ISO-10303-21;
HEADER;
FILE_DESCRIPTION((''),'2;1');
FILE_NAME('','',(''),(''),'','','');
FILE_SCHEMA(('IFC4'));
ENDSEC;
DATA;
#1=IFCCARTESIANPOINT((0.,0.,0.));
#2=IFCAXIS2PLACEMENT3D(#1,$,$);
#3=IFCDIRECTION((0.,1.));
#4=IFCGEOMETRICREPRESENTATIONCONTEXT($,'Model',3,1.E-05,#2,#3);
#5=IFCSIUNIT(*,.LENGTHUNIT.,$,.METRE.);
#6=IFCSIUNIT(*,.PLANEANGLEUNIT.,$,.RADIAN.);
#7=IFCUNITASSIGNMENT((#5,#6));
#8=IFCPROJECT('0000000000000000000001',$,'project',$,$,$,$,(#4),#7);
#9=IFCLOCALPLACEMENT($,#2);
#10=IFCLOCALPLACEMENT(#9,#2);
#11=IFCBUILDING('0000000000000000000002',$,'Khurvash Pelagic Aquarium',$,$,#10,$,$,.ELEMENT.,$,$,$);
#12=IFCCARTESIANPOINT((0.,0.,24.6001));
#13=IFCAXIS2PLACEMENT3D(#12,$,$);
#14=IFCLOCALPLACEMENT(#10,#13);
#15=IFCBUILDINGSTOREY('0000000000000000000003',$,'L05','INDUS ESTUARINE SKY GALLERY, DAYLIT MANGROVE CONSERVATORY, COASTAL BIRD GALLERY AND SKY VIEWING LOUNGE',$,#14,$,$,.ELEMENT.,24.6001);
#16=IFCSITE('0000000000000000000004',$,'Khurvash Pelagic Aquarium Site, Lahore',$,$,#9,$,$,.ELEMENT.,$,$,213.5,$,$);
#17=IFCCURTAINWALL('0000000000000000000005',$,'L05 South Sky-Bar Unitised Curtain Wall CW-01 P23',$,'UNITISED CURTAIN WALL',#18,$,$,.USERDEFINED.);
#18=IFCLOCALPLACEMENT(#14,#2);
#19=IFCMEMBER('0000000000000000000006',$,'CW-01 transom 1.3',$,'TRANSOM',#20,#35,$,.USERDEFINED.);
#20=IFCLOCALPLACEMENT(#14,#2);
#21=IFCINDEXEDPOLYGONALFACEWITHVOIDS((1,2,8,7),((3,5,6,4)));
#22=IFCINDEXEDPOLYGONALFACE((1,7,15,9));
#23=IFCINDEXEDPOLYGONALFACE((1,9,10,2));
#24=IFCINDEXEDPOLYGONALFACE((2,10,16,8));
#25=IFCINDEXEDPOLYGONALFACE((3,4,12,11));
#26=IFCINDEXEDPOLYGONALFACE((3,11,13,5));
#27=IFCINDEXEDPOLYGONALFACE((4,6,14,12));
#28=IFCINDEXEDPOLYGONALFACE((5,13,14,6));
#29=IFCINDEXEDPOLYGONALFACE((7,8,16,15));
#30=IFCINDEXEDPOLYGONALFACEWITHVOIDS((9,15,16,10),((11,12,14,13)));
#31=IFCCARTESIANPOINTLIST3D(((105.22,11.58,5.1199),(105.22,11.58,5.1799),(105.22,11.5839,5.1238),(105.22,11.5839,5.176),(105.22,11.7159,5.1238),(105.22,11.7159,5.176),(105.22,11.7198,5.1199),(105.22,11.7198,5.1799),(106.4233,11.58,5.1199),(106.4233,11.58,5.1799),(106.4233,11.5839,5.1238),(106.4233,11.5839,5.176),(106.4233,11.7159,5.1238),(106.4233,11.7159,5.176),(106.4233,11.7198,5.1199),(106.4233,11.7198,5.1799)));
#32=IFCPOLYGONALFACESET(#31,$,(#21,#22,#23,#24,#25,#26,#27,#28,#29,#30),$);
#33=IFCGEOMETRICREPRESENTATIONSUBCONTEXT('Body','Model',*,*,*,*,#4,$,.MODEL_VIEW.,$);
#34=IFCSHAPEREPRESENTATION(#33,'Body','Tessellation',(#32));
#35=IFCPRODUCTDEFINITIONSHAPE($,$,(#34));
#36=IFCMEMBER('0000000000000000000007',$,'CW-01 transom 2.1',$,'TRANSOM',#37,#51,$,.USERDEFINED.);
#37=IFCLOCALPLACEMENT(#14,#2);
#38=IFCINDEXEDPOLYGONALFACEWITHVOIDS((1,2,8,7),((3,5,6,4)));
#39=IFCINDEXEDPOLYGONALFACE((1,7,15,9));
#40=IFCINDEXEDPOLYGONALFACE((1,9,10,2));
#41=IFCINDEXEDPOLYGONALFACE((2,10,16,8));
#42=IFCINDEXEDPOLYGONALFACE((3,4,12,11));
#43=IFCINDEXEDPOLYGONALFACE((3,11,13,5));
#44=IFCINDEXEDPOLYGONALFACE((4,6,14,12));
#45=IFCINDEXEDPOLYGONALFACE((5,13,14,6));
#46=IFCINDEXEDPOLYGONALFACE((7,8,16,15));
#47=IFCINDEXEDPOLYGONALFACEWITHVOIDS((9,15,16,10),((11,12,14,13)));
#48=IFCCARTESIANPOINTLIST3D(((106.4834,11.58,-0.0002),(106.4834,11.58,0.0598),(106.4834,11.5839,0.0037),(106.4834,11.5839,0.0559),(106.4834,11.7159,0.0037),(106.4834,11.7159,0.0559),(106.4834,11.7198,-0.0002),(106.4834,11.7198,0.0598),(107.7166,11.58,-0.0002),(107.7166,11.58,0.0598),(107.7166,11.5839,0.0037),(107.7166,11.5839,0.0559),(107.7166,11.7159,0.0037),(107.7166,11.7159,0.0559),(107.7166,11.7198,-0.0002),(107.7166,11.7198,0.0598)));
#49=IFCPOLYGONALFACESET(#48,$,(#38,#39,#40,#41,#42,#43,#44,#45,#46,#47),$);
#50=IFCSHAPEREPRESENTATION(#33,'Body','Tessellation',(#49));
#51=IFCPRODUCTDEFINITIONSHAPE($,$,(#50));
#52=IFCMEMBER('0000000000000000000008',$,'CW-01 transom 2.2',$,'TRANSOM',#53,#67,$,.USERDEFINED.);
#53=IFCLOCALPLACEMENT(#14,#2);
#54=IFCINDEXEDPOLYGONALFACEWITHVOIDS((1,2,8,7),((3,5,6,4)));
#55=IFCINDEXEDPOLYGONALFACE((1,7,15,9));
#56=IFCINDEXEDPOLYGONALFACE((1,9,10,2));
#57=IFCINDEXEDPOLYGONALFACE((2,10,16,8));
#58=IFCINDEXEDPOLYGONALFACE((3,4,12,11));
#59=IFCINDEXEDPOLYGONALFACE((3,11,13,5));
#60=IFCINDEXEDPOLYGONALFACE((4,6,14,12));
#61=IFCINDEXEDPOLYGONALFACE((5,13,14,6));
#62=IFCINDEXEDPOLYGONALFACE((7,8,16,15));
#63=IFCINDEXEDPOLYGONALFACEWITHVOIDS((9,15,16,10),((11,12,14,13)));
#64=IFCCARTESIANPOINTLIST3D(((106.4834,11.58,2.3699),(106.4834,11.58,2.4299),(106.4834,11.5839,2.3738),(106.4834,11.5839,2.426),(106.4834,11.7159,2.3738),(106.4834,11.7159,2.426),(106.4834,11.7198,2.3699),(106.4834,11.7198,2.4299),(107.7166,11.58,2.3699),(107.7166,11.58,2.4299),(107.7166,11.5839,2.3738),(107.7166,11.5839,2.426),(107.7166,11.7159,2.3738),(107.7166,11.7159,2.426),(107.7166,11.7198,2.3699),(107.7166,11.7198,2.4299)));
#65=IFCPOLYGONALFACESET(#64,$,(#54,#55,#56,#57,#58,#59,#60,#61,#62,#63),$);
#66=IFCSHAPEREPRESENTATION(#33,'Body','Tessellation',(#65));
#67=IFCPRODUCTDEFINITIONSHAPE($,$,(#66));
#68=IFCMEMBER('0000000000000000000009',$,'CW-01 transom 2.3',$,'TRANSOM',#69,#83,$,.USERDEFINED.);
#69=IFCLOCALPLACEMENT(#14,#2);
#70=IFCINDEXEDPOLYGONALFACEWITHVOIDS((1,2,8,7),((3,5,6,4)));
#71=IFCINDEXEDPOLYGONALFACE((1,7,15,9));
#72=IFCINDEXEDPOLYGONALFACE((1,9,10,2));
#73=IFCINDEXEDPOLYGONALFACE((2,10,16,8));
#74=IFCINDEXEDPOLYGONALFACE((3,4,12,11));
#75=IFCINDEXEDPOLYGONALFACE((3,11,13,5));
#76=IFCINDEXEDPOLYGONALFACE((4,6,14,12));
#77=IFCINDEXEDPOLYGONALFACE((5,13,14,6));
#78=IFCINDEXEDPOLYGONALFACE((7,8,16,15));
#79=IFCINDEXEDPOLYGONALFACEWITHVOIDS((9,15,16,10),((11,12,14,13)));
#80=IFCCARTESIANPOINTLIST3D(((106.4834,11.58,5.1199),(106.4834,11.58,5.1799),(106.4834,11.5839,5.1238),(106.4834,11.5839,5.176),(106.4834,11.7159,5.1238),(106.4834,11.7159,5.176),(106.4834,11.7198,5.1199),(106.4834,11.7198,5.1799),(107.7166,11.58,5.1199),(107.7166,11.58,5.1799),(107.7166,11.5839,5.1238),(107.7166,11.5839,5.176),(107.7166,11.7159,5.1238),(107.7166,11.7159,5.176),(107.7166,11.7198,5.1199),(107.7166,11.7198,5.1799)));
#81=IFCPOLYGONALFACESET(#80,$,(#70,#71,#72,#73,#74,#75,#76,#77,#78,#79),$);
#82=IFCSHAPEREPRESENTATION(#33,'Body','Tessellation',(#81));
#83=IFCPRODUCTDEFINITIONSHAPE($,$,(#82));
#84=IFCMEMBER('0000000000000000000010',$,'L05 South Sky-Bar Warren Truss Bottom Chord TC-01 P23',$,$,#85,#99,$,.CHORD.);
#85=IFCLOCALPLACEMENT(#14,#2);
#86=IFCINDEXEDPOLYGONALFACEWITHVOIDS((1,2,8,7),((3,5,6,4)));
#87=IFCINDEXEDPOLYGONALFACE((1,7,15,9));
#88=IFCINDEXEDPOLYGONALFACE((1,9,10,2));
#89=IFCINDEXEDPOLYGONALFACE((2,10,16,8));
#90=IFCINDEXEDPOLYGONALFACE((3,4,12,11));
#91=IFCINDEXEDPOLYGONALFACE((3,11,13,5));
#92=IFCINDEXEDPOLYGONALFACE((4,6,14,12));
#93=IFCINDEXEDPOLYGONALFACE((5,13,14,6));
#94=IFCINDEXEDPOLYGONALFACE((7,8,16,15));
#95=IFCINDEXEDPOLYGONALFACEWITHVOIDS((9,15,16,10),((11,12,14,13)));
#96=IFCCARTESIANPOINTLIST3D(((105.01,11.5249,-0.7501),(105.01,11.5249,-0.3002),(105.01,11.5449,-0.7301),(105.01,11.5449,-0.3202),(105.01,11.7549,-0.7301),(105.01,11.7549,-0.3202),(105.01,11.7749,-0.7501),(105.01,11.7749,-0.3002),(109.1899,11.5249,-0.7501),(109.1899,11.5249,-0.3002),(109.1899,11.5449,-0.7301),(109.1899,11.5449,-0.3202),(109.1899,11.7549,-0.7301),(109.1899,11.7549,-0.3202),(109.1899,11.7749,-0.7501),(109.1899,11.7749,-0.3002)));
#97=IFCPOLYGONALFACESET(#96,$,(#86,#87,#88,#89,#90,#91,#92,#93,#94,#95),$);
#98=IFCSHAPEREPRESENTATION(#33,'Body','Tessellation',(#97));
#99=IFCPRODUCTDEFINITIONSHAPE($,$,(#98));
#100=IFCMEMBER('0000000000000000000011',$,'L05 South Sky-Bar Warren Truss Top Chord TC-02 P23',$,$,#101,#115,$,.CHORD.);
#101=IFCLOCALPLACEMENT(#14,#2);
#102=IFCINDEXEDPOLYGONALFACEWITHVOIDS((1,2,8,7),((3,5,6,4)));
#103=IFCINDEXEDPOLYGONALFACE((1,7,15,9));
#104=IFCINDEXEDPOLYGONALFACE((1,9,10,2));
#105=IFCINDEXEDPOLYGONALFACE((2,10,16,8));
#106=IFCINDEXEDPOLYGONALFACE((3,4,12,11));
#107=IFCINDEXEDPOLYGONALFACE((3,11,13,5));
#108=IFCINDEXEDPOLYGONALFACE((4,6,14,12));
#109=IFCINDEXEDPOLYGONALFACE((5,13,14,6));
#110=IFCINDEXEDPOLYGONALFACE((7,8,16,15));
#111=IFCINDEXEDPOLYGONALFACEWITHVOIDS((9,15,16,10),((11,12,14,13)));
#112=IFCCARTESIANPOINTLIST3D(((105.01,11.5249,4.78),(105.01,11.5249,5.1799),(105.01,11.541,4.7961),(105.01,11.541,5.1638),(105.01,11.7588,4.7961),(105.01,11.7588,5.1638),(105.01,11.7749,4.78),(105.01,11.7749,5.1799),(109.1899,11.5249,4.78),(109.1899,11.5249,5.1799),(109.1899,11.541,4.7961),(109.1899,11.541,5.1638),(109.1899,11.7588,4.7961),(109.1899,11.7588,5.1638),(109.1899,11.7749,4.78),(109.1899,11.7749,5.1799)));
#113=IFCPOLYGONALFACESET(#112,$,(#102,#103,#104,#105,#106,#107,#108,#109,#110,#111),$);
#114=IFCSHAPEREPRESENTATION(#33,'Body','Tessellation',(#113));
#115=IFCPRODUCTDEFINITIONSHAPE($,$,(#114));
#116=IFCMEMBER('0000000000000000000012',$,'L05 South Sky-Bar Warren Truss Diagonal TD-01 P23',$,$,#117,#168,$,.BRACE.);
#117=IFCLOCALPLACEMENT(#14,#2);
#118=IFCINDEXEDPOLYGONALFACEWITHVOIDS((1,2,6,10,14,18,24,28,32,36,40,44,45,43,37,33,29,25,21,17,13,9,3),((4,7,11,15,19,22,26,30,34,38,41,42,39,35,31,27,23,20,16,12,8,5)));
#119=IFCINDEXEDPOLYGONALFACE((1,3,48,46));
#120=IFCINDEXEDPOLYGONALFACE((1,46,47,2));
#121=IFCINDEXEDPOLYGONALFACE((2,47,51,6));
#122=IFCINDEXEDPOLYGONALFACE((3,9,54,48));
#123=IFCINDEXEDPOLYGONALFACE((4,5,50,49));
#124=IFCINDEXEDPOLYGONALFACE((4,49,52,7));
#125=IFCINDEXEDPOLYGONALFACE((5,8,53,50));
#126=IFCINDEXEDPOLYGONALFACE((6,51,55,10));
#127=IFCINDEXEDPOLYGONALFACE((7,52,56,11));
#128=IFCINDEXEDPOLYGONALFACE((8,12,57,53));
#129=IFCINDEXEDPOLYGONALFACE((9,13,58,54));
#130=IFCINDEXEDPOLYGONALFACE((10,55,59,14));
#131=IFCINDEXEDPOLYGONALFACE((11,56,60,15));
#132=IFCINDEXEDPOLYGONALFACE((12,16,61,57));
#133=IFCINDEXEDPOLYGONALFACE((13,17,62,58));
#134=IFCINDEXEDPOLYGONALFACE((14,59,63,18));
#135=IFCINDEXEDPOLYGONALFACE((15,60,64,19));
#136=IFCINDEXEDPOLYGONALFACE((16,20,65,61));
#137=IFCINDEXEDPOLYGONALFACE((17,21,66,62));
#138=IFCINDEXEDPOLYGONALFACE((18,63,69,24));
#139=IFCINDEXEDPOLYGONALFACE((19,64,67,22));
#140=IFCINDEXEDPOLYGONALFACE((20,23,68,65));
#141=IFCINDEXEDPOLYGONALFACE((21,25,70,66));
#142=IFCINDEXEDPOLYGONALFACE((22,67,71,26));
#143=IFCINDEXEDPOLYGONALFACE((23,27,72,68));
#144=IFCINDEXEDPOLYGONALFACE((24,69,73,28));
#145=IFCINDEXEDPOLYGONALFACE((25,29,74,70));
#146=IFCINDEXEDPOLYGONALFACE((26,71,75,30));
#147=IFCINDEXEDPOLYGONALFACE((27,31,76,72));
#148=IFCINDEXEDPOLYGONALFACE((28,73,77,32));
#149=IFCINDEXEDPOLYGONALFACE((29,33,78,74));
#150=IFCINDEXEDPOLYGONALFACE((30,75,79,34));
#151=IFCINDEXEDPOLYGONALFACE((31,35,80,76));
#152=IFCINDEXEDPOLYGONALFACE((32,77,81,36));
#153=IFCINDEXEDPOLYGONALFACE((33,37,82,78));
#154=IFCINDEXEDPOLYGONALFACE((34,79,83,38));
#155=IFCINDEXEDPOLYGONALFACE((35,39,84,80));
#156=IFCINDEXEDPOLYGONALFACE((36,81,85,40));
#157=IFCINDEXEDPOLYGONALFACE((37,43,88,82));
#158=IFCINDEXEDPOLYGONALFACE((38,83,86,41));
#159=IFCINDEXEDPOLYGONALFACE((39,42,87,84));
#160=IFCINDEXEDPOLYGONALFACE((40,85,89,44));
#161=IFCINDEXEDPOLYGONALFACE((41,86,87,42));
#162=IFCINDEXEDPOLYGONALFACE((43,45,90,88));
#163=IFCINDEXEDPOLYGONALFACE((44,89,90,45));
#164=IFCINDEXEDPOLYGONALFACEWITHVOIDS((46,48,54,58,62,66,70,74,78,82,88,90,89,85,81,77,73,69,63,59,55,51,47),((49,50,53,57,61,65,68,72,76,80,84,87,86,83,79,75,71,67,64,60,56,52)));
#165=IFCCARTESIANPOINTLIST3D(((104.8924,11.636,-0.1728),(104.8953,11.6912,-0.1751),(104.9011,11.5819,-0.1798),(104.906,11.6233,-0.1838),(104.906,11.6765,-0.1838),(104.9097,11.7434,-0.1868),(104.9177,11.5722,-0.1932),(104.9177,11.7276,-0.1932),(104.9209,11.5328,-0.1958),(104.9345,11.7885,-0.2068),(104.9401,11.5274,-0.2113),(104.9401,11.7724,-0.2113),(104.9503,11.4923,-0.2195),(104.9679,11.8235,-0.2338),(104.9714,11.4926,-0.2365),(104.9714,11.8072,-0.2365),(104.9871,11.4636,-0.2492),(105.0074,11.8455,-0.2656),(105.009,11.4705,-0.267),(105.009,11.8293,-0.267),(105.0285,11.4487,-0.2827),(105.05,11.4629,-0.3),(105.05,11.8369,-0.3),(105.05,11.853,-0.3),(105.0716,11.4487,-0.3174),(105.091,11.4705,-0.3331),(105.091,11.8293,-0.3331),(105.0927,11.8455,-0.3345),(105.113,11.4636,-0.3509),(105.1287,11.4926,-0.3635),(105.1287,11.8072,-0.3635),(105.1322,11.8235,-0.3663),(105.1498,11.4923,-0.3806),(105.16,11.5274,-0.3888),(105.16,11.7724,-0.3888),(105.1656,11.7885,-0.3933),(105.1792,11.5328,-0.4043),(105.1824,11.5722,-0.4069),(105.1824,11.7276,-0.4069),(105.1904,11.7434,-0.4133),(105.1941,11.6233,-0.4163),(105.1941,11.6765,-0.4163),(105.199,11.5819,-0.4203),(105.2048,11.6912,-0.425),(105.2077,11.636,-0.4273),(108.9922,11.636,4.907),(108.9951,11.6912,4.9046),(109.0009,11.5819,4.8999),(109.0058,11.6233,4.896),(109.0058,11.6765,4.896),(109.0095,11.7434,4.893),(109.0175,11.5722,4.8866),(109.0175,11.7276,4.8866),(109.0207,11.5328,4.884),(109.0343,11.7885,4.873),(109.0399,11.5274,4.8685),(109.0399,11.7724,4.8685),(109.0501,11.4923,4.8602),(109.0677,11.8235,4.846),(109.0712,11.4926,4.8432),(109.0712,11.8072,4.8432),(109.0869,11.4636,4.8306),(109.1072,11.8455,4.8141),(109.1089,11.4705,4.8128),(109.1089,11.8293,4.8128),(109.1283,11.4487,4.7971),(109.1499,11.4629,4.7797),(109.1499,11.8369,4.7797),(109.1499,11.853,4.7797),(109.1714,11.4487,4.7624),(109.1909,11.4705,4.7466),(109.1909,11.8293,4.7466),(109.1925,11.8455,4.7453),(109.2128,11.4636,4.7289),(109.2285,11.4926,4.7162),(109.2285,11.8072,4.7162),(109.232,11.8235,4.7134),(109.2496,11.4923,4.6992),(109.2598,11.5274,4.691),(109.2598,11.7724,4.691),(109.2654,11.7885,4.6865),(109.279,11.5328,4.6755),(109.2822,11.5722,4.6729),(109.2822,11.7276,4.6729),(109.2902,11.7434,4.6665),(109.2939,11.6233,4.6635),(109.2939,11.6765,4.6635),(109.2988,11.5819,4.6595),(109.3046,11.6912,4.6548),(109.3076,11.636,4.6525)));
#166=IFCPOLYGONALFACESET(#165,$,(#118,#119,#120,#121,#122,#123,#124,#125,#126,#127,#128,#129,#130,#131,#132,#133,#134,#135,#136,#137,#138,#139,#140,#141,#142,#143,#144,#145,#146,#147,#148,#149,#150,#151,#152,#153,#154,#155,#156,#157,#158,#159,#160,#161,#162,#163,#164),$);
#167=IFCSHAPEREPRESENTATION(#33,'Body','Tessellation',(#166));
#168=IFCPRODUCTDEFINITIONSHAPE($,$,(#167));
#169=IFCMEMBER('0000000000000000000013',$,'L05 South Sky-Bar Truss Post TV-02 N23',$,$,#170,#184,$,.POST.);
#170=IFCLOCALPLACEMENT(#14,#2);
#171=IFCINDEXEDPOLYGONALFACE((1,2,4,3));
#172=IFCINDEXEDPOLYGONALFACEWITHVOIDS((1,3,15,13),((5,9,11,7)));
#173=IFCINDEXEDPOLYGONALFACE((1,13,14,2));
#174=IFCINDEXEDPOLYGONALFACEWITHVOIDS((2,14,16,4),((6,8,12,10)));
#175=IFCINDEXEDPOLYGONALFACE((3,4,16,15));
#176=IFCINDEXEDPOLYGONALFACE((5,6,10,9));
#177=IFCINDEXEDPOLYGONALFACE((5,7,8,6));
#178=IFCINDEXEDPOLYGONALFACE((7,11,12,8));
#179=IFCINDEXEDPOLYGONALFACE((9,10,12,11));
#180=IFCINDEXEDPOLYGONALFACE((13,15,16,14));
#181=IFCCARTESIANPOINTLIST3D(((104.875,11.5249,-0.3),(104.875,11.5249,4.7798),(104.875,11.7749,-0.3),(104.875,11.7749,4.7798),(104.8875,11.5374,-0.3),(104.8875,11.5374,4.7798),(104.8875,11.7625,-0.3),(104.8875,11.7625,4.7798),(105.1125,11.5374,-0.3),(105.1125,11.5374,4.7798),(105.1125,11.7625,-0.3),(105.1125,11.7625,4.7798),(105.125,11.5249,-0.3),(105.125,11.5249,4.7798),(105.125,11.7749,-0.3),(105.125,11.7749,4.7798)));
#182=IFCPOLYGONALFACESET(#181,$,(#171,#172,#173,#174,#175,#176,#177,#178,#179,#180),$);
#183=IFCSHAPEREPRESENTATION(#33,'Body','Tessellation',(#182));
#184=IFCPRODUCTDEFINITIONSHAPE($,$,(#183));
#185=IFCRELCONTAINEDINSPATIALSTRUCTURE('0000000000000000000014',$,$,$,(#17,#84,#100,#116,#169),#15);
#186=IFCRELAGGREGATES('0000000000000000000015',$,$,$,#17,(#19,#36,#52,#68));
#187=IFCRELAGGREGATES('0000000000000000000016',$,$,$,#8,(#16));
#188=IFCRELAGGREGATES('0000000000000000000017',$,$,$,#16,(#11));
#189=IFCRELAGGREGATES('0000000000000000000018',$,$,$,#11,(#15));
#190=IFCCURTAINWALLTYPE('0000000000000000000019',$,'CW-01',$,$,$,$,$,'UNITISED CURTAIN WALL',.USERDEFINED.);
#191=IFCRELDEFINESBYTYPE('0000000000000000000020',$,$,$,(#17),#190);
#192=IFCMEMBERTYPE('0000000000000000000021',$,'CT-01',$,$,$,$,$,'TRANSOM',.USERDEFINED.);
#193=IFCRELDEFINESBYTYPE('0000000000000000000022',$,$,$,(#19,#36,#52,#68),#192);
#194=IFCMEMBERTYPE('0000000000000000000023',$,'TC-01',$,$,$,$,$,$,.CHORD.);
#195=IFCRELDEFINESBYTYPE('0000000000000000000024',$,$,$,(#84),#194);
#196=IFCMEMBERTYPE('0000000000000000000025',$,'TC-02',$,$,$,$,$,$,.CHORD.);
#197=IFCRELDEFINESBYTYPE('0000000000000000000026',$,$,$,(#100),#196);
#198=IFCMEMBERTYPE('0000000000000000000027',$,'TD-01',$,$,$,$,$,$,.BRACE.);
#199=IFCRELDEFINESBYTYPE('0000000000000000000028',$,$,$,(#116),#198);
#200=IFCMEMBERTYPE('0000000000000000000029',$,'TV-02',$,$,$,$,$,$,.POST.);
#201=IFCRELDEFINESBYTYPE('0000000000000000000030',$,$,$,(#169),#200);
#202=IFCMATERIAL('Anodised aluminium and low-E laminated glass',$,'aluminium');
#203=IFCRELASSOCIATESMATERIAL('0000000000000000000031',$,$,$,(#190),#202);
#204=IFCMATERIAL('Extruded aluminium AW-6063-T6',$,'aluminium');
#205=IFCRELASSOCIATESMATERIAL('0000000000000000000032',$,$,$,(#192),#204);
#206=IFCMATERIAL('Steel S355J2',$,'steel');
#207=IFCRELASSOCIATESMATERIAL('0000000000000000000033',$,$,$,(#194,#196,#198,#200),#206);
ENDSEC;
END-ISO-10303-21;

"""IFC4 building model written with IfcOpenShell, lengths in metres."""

from ifc_helpers import new_model, si_unit, direction, frame, origin, origin_2d, place, context, subcontext, project, spatial, hollow_rectangle, hollow_circle, extrude, material, material_profile, profile_set, type_object, element, aggregate, save


model = new_model("IFC4")

# Units and contexts
model_context = context("Model", 3, precision=1e-05, world=origin(), true_north=direction((0.0, 1.0)))
body_context = subcontext(model_context, "Body", "Model", "MODEL_VIEW")
ifc_project = project(units=[si_unit("LENGTHUNIT", "METRE"), si_unit("PLANEANGLEUNIT", "RADIAN")], contexts=[model_context])

# Site, building, storey
site_placement = place(None, origin())
site = spatial("IfcSite", under=ifc_project, at=site_placement, Name="Khurvash Pelagic Aquarium Site, Lahore", CompositionType="ELEMENT", RefElevation=213.5)
building_placement = place(site_placement, origin())
building = spatial("IfcBuilding", under=site, at=building_placement, Name="Khurvash Pelagic Aquarium", CompositionType="ELEMENT")
storey_placement = place(building_placement, frame((0.0, 0.0, 24.6001)))
storey = spatial("IfcBuildingStorey", under=building, at=storey_placement, Name="L05", Description="INDUS ESTUARINE SKY GALLERY, DAYLIT MANGROVE CONSERVATORY, COASTAL BIRD GALLERY AND SKY VIEWING LOUNGE", CompositionType="ELEMENT", Elevation=24.6001)

# Curtain wall
ifc_material_1 = material(Name="Anodised aluminium and low-E laminated glass", Category="aluminium")
curtain_wall_type = type_object("IfcCurtainWallType", Name="CW-01", ElementType="UNITISED CURTAIN WALL", PredefinedType="USERDEFINED", material=ifc_material_1)
ifc_material_2 = material(Name="Extruded aluminium AW-6063-T6", Category="aluminium")
curtain_wall_1_placement = place(storey_placement, origin())
curtain_wall_1 = element("IfcCurtainWall", 1, at=curtain_wall_1_placement, inside=storey, type_object=curtain_wall_type, Name="L05 South Sky-Bar Unitised Curtain Wall CW-01 P23", ObjectType="UNITISED CURTAIN WALL", PredefinedType="USERDEFINED")

# Members
ifc_material_profile_1 = material_profile(ifc_material_2, hollow_rectangle(XDim=0.1399, YDim=0.0601, WallThickness=0.0039, at=origin_2d()), Name="CWT140X60X4")
ifc_profile_set_1 = profile_set([ifc_material_profile_1], Name="Extruded aluminium AW-6063-T6")
member_type_1 = type_object("IfcMemberType", Name="CT-01", ElementType="TRANSOM", PredefinedType="USERDEFINED", material=ifc_profile_set_1)
member_1_placement = place(storey_placement, frame((105.22, 11.6499, 5.1499), z_axis=(1.0, 0.0, 0.0), x_axis=(0.0, 1.0, 0.0)))
member_1 = element("IfcMember", 2, at=member_1_placement, type_object=member_type_1, Name="CW-01 transom 1.3", ObjectType="TRANSOM", PredefinedType="USERDEFINED", context=body_context, shape_type="SweptSolid", body=[
    extrude(hollow_rectangle(XDim=0.1399, YDim=0.0601, WallThickness=0.0039, at=origin_2d()), origin(), (0.0, 0.0, 1.0), 1.2034),
])
member_2_placement = place(storey_placement, frame((106.4834, 11.6499, 0.0298), z_axis=(1.0, 0.0, 0.0), x_axis=(0.0, 1.0, 0.0)))
member_2 = element("IfcMember", 3, at=member_2_placement, type_object=member_type_1, Name="CW-01 transom 2.1", ObjectType="TRANSOM", PredefinedType="USERDEFINED", context=body_context, shape_type="SweptSolid", body=[
    extrude(hollow_rectangle(XDim=0.1399, YDim=0.0601, WallThickness=0.0039, at=origin_2d()), origin(), (0.0, 0.0, 1.0), 1.2332),
])
member_3_placement = place(storey_placement, frame((106.4834, 11.6499, 2.3999), z_axis=(1.0, 0.0, 0.0), x_axis=(0.0, 1.0, 0.0)))
member_3 = element("IfcMember", 4, at=member_3_placement, type_object=member_type_1, Name="CW-01 transom 2.2", ObjectType="TRANSOM", PredefinedType="USERDEFINED", context=body_context, shape_type="SweptSolid", body=[
    extrude(hollow_rectangle(XDim=0.1399, YDim=0.0601, WallThickness=0.0039, at=origin_2d()), origin(), (0.0, 0.0, 1.0), 1.2332),
])
member_4_placement = place(storey_placement, frame((106.4834, 11.6499, 5.1499), z_axis=(1.0, 0.0, 0.0), x_axis=(0.0, 1.0, 0.0)))
member_4 = element("IfcMember", 5, at=member_4_placement, type_object=member_type_1, Name="CW-01 transom 2.3", ObjectType="TRANSOM", PredefinedType="USERDEFINED", context=body_context, shape_type="SweptSolid", body=[
    extrude(hollow_rectangle(XDim=0.1399, YDim=0.0601, WallThickness=0.0039, at=origin_2d()), origin(), (0.0, 0.0, 1.0), 1.2332),
])

# Members
ifc_material_3 = material(Name="Steel S355J2", Category="steel")
ifc_material_profile_2 = material_profile(ifc_material_3, hollow_rectangle(XDim=0.25, YDim=0.45, WallThickness=0.02, at=origin_2d()), Name="RHS450X250X20")
ifc_profile_set_2 = profile_set([ifc_material_profile_2], Name="Steel S355J2")
member_type_2 = type_object("IfcMemberType", Name="TC-01", PredefinedType="CHORD", material=ifc_profile_set_2)
member_5_placement = place(storey_placement, frame((105.01, 11.6499, -0.5251), z_axis=(1.0, 0.0, 0.0), x_axis=(0.0, 1.0, 0.0)))
element("IfcMember", 6, at=member_5_placement, inside=storey, type_object=member_type_2, Name="L05 South Sky-Bar Warren Truss Bottom Chord TC-01 P23", PredefinedType="CHORD", context=body_context, shape_type="SweptSolid", body=[
    extrude(hollow_rectangle(XDim=0.25, YDim=0.45, WallThickness=0.02, at=origin_2d()), origin(), (0.0, 0.0, 1.0), 4.1799),
])
ifc_material_profile_3 = material_profile(ifc_material_3, hollow_rectangle(XDim=0.25, YDim=0.3999, WallThickness=0.0161, at=origin_2d()), Name="RHS400X250X16")
ifc_profile_set_3 = profile_set([ifc_material_profile_3], Name="Steel S355J2")
member_type_3 = type_object("IfcMemberType", Name="TC-02", PredefinedType="CHORD", material=ifc_profile_set_3)
member_6_placement = place(storey_placement, frame((105.01, 11.6499, 4.98), z_axis=(1.0, 0.0, 0.0), x_axis=(0.0, 1.0, 0.0)))
element("IfcMember", 7, at=member_6_placement, inside=storey, type_object=member_type_3, Name="L05 South Sky-Bar Warren Truss Top Chord TC-02 P23", PredefinedType="CHORD", context=body_context, shape_type="SweptSolid", body=[
    extrude(hollow_rectangle(XDim=0.25, YDim=0.3999, WallThickness=0.0161, at=origin_2d()), origin(), (0.0, 0.0, 1.0), 4.1799),
])
ifc_material_profile_4 = material_profile(ifc_material_3, hollow_circle(Radius=0.2031, WallThickness=0.0161, at=origin_2d()), Name="CHS406X16")
ifc_profile_set_4 = profile_set([ifc_material_profile_4], Name="Steel S355J2")
member_type_4 = type_object("IfcMemberType", Name="TD-01", PredefinedType="BRACE", material=ifc_profile_set_4)
member_7_placement = place(storey_placement, frame((105.05, 11.6499, -0.3), z_axis=(0.628051, 0.0, 0.778172), x_axis=(0.0, 1.0, 0.0)))
element("IfcMember", 8, at=member_7_placement, inside=storey, type_object=member_type_4, Name="L05 South Sky-Bar Warren Truss Diagonal TD-01 P23", PredefinedType="BRACE", context=body_context, shape_type="SweptSolid", body=[
    extrude(hollow_circle(Radius=0.2031, WallThickness=0.0161, at=origin_2d()), origin(), (0.0, 0.0, 1.0), 6.5278),
])
ifc_material_profile_5 = material_profile(ifc_material_3, hollow_rectangle(XDim=0.25, YDim=0.25, WallThickness=0.0125, at=origin_2d()), Name="SHS250X250X12")
ifc_profile_set_5 = profile_set([ifc_material_profile_5], Name="Steel S355J2")
member_type_5 = type_object("IfcMemberType", Name="TV-02", PredefinedType="POST", material=ifc_profile_set_5)
member_8_placement = place(storey_placement, frame((105.0, 11.6499, -0.3), z_axis=(0.0, 0.0, 1.0), x_axis=(1.0, 0.0, 0.0)))
element("IfcMember", 9, at=member_8_placement, inside=storey, type_object=member_type_5, Name="L05 South Sky-Bar Truss Post TV-02 N23", PredefinedType="POST", context=body_context, shape_type="SweptSolid", body=[
    extrude(hollow_rectangle(XDim=0.25, YDim=0.25, WallThickness=0.0125, at=origin_2d()), origin(), (0.0, 0.0, 1.0), 5.0798),
])

aggregate(curtain_wall_1, [member_1, member_2, member_3, member_4])

save(model, "model.ifc")
